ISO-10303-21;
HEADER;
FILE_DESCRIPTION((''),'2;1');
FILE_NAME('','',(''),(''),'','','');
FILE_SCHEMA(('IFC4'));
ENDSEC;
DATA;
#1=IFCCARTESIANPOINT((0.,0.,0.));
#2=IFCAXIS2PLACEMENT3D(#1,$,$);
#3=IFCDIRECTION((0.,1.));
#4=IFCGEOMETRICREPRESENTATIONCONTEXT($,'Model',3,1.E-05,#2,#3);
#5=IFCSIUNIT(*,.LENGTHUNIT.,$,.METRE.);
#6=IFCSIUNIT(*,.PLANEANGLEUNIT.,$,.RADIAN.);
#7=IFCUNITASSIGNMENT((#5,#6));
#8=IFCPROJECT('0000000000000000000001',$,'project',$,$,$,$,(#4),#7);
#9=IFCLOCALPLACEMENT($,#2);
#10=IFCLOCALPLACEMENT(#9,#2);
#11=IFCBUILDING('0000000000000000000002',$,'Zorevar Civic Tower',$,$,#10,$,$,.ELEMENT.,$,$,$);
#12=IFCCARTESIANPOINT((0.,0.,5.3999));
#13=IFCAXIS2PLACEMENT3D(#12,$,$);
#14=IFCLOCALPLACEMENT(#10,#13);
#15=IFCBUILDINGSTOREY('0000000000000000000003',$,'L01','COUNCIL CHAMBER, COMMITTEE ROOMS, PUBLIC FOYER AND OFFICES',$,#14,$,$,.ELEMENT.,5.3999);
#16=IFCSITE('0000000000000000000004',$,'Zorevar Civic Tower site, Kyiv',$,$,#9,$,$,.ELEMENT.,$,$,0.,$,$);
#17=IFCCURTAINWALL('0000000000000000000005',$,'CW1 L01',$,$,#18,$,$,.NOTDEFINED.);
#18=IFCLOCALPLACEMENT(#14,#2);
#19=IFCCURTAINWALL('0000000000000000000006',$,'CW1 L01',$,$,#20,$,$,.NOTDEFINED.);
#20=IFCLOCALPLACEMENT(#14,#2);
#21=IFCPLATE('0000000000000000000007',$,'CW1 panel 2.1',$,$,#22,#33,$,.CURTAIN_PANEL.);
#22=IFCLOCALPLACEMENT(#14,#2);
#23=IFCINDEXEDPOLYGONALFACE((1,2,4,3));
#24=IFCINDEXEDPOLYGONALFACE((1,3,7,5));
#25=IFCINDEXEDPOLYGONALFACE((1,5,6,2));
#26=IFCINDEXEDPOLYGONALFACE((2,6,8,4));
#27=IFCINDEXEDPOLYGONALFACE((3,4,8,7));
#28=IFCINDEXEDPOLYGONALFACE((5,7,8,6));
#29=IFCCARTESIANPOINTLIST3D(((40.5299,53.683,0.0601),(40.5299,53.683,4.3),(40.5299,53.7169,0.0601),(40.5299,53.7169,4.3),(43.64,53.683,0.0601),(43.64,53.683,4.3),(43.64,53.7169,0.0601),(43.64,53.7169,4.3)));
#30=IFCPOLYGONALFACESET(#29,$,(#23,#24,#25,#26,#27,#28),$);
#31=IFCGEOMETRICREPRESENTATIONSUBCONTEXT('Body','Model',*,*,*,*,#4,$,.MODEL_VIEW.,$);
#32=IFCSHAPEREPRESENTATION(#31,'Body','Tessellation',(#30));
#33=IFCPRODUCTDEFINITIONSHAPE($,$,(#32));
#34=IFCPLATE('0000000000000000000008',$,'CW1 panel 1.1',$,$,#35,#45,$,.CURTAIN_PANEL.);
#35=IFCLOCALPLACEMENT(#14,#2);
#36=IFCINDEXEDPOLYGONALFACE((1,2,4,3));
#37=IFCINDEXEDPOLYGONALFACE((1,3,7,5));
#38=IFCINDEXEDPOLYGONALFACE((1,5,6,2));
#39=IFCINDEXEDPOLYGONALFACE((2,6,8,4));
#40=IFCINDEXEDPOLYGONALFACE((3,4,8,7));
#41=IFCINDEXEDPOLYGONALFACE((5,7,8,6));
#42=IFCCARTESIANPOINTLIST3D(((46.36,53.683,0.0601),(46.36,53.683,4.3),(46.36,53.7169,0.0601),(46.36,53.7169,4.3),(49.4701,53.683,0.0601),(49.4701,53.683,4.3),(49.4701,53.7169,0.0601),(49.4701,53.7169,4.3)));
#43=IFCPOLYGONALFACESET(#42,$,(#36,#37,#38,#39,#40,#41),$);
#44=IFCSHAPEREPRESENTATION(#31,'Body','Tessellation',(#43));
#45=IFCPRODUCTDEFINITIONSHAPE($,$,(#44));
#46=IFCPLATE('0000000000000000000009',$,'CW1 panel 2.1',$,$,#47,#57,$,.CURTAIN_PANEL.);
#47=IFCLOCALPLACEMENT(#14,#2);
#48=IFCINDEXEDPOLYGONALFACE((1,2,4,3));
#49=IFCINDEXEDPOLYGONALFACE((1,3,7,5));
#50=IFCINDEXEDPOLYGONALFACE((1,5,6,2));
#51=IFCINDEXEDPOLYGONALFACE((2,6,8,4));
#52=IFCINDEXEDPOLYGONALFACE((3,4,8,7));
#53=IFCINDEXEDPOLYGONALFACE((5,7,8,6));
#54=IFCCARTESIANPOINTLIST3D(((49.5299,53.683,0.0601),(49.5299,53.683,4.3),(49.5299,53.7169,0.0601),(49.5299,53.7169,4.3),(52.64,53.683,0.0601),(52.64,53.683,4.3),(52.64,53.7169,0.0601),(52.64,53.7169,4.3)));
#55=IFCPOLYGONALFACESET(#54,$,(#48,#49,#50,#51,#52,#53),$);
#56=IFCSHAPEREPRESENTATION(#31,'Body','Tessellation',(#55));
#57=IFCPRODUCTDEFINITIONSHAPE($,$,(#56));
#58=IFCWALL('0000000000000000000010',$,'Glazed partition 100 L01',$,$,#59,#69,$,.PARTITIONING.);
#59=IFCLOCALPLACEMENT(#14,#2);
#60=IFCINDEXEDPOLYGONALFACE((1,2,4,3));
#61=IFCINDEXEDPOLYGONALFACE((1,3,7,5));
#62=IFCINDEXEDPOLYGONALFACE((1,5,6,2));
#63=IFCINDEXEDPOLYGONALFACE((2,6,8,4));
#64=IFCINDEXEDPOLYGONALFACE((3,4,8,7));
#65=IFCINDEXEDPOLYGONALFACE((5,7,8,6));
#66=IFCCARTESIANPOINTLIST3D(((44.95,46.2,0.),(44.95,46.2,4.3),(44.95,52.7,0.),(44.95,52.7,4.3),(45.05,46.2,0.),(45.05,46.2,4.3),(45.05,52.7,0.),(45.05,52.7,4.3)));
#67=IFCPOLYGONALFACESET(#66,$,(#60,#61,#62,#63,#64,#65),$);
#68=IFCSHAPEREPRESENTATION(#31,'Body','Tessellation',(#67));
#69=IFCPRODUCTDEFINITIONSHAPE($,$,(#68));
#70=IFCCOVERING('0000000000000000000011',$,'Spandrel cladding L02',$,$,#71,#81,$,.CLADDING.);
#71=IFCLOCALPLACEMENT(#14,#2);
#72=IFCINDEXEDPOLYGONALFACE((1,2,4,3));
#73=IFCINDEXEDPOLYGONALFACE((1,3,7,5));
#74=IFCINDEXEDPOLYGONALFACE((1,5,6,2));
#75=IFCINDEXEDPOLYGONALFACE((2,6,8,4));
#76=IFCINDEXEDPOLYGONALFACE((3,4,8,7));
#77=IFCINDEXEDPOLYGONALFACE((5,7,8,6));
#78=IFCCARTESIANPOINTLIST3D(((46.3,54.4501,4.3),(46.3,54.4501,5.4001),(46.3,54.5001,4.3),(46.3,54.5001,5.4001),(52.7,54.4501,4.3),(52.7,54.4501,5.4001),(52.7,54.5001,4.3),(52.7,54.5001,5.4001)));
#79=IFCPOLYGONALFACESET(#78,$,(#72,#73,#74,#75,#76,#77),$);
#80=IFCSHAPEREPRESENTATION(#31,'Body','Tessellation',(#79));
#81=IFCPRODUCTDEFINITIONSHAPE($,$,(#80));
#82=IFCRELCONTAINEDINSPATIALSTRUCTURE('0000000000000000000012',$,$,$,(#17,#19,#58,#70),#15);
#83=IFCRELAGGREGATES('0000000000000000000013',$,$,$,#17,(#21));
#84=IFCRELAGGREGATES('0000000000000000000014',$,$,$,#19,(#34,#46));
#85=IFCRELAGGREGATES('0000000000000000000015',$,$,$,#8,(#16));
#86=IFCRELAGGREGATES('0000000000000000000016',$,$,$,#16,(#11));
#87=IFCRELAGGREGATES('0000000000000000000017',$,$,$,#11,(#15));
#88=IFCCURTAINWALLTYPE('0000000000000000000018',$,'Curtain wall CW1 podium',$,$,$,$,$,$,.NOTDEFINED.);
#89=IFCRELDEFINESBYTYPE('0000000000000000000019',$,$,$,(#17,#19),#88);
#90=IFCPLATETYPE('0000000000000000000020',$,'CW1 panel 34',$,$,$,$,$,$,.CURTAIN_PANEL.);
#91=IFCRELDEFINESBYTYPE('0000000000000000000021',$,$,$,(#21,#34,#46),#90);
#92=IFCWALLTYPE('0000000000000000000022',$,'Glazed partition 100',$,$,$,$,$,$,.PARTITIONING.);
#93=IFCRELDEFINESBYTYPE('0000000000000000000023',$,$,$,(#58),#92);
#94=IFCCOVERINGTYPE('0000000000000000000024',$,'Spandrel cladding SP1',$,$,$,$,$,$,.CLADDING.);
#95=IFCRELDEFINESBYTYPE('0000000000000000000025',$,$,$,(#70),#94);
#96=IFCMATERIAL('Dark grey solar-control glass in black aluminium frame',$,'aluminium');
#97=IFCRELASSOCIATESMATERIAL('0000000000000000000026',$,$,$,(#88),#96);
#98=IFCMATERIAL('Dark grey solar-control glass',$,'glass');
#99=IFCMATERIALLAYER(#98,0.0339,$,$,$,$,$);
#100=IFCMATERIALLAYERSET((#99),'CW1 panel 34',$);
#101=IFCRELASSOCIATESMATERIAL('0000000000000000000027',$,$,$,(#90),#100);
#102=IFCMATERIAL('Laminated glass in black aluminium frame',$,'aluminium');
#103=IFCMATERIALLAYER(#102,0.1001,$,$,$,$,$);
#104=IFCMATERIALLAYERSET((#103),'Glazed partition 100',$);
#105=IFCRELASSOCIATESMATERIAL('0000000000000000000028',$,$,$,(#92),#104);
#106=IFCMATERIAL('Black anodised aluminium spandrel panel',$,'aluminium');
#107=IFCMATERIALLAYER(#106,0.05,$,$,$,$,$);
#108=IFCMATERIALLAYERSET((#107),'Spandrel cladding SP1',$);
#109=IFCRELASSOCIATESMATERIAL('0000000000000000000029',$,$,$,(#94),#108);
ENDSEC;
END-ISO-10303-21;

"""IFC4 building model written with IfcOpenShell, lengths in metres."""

from ifc_helpers import new_model, si_unit, direction, frame, frame_2d, origin, origin_2d, place, context, subcontext, project, spatial, rectangle, extrude, material, layer, layer_set, type_object, element, aggregate, save


model = new_model("IFC4")

# Units and contexts
model_context = context("Model", 3, precision=1e-05, world=origin(), true_north=direction((0.0, 1.0)))
body_context = subcontext(model_context, "Body", "Model", "MODEL_VIEW")
ifc_project = project(units=[si_unit("LENGTHUNIT", "METRE"), si_unit("PLANEANGLEUNIT", "RADIAN")], contexts=[model_context])

# Site, building, storey
site_placement = place(None, origin())
site = spatial("IfcSite", under=ifc_project, at=site_placement, Name="Zorevar Civic Tower site, Kyiv", CompositionType="ELEMENT", RefElevation=0.0)
building_placement = place(site_placement, origin())
building = spatial("IfcBuilding", under=site, at=building_placement, Name="Zorevar Civic Tower", CompositionType="ELEMENT")
storey_placement = place(building_placement, frame((0.0, 0.0, 5.3999)))
storey = spatial("IfcBuildingStorey", under=building, at=storey_placement, Name="L01", Description="COUNCIL CHAMBER, COMMITTEE ROOMS, PUBLIC FOYER AND OFFICES", CompositionType="ELEMENT", Elevation=5.3999)

# Curtain wall
ifc_material_1 = material(Name="Dark grey solar-control glass in black aluminium frame", Category="aluminium")
curtain_wall_type = type_object("IfcCurtainWallType", Name="Curtain wall CW1 podium", PredefinedType="NOTDEFINED", material=ifc_material_1)
curtain_wall_1_placement = place(storey_placement, origin())
curtain_wall_1 = element("IfcCurtainWall", 1, at=curtain_wall_1_placement, inside=storey, type_object=curtain_wall_type, Name="CW1 L01", PredefinedType="NOTDEFINED")

# Curtain wall
curtain_wall_2_placement = place(storey_placement, origin())
curtain_wall_2 = element("IfcCurtainWall", 2, at=curtain_wall_2_placement, inside=storey, type_object=curtain_wall_type, Name="CW1 L01", PredefinedType="NOTDEFINED")

# Plates
ifc_material_2 = material(Name="Dark grey solar-control glass", Category="glass")
ifc_layer_1 = layer(ifc_material_2, 0.0339)
ifc_layer_set_1 = layer_set([ifc_layer_1], Name="CW1 panel 34")
plate_type = type_object("IfcPlateType", Name="CW1 panel 34", PredefinedType="CURTAIN_PANEL", material=ifc_layer_set_1)
plate_1_placement = place(storey_placement, frame((42.085, 53.7, 0.0601), z_axis=(0.0, 0.0, 1.0), x_axis=(1.0, 0.0, 0.0)))
plate_1 = element("IfcPlate", 3, at=plate_1_placement, type_object=plate_type, Name="CW1 panel 2.1", PredefinedType="CURTAIN_PANEL", context=body_context, shape_type="SweptSolid", body=[
    extrude(rectangle(XDim=3.1101, YDim=0.0339, at=origin_2d()), origin(), (0.0, 0.0, 1.0), 4.24),
])
aggregate(curtain_wall_1, [plate_1])
plate_2_placement = place(storey_placement, frame((47.915, 53.7, 0.0601), z_axis=(0.0, 0.0, 1.0), x_axis=(1.0, 0.0, 0.0)))
plate_2 = element("IfcPlate", 4, at=plate_2_placement, type_object=plate_type, Name="CW1 panel 1.1", PredefinedType="CURTAIN_PANEL", context=body_context, shape_type="SweptSolid", body=[
    extrude(rectangle(XDim=3.1101, YDim=0.0339, at=origin_2d()), origin(), (0.0, 0.0, 1.0), 4.24),
])
plate_3_placement = place(storey_placement, frame((51.085, 53.7, 0.0601), z_axis=(0.0, 0.0, 1.0), x_axis=(1.0, 0.0, 0.0)))
plate_3 = element("IfcPlate", 5, at=plate_3_placement, type_object=plate_type, Name="CW1 panel 2.1", PredefinedType="CURTAIN_PANEL", context=body_context, shape_type="SweptSolid", body=[
    extrude(rectangle(XDim=3.1101, YDim=0.0339, at=origin_2d()), origin(), (0.0, 0.0, 1.0), 4.24),
])
aggregate(curtain_wall_2, [plate_2, plate_3])

# Wall
ifc_material_3 = material(Name="Laminated glass in black aluminium frame", Category="aluminium")
ifc_layer_2 = layer(ifc_material_3, 0.1001)
ifc_layer_set_2 = layer_set([ifc_layer_2], Name="Glazed partition 100")
wall_type = type_object("IfcWallType", Name="Glazed partition 100", PredefinedType="PARTITIONING", material=ifc_layer_set_2)
wall_placement = place(storey_placement, frame((45.0, 46.2, 0.0), z_axis=(0.0, 0.0, 1.0), x_axis=(0.0, 1.0, 0.0)))
element("IfcWall", 6, at=wall_placement, inside=storey, type_object=wall_type, Name="Glazed partition 100 L01", PredefinedType="PARTITIONING", context=body_context, shape_type="SweptSolid", body=[
    extrude(rectangle(XDim=6.5, YDim=0.1001, at=frame_2d((3.25, 0.0))), origin(), (0.0, 0.0, 1.0), 4.3),
])

# Covering
ifc_material_4 = material(Name="Black anodised aluminium spandrel panel", Category="aluminium")
ifc_layer_3 = layer(ifc_material_4, 0.05)
ifc_layer_set_3 = layer_set([ifc_layer_3], Name="Spandrel cladding SP1")
covering_type = type_object("IfcCoveringType", Name="Spandrel cladding SP1", PredefinedType="CLADDING", material=ifc_layer_set_3)
covering_placement = place(storey_placement, frame((46.3, 54.4751, 4.3), z_axis=(0.0, 0.0, 1.0), x_axis=(1.0, 0.0, 0.0)))
element("IfcCovering", 7, at=covering_placement, inside=storey, type_object=covering_type, Name="Spandrel cladding L02", PredefinedType="CLADDING", context=body_context, shape_type="SweptSolid", body=[
    extrude(rectangle(XDim=6.3999, YDim=0.05, at=frame_2d((3.2, 0.0))), origin(), (0.0, 0.0, 1.0), 1.1001),
])

save(model, "model.ifc")
